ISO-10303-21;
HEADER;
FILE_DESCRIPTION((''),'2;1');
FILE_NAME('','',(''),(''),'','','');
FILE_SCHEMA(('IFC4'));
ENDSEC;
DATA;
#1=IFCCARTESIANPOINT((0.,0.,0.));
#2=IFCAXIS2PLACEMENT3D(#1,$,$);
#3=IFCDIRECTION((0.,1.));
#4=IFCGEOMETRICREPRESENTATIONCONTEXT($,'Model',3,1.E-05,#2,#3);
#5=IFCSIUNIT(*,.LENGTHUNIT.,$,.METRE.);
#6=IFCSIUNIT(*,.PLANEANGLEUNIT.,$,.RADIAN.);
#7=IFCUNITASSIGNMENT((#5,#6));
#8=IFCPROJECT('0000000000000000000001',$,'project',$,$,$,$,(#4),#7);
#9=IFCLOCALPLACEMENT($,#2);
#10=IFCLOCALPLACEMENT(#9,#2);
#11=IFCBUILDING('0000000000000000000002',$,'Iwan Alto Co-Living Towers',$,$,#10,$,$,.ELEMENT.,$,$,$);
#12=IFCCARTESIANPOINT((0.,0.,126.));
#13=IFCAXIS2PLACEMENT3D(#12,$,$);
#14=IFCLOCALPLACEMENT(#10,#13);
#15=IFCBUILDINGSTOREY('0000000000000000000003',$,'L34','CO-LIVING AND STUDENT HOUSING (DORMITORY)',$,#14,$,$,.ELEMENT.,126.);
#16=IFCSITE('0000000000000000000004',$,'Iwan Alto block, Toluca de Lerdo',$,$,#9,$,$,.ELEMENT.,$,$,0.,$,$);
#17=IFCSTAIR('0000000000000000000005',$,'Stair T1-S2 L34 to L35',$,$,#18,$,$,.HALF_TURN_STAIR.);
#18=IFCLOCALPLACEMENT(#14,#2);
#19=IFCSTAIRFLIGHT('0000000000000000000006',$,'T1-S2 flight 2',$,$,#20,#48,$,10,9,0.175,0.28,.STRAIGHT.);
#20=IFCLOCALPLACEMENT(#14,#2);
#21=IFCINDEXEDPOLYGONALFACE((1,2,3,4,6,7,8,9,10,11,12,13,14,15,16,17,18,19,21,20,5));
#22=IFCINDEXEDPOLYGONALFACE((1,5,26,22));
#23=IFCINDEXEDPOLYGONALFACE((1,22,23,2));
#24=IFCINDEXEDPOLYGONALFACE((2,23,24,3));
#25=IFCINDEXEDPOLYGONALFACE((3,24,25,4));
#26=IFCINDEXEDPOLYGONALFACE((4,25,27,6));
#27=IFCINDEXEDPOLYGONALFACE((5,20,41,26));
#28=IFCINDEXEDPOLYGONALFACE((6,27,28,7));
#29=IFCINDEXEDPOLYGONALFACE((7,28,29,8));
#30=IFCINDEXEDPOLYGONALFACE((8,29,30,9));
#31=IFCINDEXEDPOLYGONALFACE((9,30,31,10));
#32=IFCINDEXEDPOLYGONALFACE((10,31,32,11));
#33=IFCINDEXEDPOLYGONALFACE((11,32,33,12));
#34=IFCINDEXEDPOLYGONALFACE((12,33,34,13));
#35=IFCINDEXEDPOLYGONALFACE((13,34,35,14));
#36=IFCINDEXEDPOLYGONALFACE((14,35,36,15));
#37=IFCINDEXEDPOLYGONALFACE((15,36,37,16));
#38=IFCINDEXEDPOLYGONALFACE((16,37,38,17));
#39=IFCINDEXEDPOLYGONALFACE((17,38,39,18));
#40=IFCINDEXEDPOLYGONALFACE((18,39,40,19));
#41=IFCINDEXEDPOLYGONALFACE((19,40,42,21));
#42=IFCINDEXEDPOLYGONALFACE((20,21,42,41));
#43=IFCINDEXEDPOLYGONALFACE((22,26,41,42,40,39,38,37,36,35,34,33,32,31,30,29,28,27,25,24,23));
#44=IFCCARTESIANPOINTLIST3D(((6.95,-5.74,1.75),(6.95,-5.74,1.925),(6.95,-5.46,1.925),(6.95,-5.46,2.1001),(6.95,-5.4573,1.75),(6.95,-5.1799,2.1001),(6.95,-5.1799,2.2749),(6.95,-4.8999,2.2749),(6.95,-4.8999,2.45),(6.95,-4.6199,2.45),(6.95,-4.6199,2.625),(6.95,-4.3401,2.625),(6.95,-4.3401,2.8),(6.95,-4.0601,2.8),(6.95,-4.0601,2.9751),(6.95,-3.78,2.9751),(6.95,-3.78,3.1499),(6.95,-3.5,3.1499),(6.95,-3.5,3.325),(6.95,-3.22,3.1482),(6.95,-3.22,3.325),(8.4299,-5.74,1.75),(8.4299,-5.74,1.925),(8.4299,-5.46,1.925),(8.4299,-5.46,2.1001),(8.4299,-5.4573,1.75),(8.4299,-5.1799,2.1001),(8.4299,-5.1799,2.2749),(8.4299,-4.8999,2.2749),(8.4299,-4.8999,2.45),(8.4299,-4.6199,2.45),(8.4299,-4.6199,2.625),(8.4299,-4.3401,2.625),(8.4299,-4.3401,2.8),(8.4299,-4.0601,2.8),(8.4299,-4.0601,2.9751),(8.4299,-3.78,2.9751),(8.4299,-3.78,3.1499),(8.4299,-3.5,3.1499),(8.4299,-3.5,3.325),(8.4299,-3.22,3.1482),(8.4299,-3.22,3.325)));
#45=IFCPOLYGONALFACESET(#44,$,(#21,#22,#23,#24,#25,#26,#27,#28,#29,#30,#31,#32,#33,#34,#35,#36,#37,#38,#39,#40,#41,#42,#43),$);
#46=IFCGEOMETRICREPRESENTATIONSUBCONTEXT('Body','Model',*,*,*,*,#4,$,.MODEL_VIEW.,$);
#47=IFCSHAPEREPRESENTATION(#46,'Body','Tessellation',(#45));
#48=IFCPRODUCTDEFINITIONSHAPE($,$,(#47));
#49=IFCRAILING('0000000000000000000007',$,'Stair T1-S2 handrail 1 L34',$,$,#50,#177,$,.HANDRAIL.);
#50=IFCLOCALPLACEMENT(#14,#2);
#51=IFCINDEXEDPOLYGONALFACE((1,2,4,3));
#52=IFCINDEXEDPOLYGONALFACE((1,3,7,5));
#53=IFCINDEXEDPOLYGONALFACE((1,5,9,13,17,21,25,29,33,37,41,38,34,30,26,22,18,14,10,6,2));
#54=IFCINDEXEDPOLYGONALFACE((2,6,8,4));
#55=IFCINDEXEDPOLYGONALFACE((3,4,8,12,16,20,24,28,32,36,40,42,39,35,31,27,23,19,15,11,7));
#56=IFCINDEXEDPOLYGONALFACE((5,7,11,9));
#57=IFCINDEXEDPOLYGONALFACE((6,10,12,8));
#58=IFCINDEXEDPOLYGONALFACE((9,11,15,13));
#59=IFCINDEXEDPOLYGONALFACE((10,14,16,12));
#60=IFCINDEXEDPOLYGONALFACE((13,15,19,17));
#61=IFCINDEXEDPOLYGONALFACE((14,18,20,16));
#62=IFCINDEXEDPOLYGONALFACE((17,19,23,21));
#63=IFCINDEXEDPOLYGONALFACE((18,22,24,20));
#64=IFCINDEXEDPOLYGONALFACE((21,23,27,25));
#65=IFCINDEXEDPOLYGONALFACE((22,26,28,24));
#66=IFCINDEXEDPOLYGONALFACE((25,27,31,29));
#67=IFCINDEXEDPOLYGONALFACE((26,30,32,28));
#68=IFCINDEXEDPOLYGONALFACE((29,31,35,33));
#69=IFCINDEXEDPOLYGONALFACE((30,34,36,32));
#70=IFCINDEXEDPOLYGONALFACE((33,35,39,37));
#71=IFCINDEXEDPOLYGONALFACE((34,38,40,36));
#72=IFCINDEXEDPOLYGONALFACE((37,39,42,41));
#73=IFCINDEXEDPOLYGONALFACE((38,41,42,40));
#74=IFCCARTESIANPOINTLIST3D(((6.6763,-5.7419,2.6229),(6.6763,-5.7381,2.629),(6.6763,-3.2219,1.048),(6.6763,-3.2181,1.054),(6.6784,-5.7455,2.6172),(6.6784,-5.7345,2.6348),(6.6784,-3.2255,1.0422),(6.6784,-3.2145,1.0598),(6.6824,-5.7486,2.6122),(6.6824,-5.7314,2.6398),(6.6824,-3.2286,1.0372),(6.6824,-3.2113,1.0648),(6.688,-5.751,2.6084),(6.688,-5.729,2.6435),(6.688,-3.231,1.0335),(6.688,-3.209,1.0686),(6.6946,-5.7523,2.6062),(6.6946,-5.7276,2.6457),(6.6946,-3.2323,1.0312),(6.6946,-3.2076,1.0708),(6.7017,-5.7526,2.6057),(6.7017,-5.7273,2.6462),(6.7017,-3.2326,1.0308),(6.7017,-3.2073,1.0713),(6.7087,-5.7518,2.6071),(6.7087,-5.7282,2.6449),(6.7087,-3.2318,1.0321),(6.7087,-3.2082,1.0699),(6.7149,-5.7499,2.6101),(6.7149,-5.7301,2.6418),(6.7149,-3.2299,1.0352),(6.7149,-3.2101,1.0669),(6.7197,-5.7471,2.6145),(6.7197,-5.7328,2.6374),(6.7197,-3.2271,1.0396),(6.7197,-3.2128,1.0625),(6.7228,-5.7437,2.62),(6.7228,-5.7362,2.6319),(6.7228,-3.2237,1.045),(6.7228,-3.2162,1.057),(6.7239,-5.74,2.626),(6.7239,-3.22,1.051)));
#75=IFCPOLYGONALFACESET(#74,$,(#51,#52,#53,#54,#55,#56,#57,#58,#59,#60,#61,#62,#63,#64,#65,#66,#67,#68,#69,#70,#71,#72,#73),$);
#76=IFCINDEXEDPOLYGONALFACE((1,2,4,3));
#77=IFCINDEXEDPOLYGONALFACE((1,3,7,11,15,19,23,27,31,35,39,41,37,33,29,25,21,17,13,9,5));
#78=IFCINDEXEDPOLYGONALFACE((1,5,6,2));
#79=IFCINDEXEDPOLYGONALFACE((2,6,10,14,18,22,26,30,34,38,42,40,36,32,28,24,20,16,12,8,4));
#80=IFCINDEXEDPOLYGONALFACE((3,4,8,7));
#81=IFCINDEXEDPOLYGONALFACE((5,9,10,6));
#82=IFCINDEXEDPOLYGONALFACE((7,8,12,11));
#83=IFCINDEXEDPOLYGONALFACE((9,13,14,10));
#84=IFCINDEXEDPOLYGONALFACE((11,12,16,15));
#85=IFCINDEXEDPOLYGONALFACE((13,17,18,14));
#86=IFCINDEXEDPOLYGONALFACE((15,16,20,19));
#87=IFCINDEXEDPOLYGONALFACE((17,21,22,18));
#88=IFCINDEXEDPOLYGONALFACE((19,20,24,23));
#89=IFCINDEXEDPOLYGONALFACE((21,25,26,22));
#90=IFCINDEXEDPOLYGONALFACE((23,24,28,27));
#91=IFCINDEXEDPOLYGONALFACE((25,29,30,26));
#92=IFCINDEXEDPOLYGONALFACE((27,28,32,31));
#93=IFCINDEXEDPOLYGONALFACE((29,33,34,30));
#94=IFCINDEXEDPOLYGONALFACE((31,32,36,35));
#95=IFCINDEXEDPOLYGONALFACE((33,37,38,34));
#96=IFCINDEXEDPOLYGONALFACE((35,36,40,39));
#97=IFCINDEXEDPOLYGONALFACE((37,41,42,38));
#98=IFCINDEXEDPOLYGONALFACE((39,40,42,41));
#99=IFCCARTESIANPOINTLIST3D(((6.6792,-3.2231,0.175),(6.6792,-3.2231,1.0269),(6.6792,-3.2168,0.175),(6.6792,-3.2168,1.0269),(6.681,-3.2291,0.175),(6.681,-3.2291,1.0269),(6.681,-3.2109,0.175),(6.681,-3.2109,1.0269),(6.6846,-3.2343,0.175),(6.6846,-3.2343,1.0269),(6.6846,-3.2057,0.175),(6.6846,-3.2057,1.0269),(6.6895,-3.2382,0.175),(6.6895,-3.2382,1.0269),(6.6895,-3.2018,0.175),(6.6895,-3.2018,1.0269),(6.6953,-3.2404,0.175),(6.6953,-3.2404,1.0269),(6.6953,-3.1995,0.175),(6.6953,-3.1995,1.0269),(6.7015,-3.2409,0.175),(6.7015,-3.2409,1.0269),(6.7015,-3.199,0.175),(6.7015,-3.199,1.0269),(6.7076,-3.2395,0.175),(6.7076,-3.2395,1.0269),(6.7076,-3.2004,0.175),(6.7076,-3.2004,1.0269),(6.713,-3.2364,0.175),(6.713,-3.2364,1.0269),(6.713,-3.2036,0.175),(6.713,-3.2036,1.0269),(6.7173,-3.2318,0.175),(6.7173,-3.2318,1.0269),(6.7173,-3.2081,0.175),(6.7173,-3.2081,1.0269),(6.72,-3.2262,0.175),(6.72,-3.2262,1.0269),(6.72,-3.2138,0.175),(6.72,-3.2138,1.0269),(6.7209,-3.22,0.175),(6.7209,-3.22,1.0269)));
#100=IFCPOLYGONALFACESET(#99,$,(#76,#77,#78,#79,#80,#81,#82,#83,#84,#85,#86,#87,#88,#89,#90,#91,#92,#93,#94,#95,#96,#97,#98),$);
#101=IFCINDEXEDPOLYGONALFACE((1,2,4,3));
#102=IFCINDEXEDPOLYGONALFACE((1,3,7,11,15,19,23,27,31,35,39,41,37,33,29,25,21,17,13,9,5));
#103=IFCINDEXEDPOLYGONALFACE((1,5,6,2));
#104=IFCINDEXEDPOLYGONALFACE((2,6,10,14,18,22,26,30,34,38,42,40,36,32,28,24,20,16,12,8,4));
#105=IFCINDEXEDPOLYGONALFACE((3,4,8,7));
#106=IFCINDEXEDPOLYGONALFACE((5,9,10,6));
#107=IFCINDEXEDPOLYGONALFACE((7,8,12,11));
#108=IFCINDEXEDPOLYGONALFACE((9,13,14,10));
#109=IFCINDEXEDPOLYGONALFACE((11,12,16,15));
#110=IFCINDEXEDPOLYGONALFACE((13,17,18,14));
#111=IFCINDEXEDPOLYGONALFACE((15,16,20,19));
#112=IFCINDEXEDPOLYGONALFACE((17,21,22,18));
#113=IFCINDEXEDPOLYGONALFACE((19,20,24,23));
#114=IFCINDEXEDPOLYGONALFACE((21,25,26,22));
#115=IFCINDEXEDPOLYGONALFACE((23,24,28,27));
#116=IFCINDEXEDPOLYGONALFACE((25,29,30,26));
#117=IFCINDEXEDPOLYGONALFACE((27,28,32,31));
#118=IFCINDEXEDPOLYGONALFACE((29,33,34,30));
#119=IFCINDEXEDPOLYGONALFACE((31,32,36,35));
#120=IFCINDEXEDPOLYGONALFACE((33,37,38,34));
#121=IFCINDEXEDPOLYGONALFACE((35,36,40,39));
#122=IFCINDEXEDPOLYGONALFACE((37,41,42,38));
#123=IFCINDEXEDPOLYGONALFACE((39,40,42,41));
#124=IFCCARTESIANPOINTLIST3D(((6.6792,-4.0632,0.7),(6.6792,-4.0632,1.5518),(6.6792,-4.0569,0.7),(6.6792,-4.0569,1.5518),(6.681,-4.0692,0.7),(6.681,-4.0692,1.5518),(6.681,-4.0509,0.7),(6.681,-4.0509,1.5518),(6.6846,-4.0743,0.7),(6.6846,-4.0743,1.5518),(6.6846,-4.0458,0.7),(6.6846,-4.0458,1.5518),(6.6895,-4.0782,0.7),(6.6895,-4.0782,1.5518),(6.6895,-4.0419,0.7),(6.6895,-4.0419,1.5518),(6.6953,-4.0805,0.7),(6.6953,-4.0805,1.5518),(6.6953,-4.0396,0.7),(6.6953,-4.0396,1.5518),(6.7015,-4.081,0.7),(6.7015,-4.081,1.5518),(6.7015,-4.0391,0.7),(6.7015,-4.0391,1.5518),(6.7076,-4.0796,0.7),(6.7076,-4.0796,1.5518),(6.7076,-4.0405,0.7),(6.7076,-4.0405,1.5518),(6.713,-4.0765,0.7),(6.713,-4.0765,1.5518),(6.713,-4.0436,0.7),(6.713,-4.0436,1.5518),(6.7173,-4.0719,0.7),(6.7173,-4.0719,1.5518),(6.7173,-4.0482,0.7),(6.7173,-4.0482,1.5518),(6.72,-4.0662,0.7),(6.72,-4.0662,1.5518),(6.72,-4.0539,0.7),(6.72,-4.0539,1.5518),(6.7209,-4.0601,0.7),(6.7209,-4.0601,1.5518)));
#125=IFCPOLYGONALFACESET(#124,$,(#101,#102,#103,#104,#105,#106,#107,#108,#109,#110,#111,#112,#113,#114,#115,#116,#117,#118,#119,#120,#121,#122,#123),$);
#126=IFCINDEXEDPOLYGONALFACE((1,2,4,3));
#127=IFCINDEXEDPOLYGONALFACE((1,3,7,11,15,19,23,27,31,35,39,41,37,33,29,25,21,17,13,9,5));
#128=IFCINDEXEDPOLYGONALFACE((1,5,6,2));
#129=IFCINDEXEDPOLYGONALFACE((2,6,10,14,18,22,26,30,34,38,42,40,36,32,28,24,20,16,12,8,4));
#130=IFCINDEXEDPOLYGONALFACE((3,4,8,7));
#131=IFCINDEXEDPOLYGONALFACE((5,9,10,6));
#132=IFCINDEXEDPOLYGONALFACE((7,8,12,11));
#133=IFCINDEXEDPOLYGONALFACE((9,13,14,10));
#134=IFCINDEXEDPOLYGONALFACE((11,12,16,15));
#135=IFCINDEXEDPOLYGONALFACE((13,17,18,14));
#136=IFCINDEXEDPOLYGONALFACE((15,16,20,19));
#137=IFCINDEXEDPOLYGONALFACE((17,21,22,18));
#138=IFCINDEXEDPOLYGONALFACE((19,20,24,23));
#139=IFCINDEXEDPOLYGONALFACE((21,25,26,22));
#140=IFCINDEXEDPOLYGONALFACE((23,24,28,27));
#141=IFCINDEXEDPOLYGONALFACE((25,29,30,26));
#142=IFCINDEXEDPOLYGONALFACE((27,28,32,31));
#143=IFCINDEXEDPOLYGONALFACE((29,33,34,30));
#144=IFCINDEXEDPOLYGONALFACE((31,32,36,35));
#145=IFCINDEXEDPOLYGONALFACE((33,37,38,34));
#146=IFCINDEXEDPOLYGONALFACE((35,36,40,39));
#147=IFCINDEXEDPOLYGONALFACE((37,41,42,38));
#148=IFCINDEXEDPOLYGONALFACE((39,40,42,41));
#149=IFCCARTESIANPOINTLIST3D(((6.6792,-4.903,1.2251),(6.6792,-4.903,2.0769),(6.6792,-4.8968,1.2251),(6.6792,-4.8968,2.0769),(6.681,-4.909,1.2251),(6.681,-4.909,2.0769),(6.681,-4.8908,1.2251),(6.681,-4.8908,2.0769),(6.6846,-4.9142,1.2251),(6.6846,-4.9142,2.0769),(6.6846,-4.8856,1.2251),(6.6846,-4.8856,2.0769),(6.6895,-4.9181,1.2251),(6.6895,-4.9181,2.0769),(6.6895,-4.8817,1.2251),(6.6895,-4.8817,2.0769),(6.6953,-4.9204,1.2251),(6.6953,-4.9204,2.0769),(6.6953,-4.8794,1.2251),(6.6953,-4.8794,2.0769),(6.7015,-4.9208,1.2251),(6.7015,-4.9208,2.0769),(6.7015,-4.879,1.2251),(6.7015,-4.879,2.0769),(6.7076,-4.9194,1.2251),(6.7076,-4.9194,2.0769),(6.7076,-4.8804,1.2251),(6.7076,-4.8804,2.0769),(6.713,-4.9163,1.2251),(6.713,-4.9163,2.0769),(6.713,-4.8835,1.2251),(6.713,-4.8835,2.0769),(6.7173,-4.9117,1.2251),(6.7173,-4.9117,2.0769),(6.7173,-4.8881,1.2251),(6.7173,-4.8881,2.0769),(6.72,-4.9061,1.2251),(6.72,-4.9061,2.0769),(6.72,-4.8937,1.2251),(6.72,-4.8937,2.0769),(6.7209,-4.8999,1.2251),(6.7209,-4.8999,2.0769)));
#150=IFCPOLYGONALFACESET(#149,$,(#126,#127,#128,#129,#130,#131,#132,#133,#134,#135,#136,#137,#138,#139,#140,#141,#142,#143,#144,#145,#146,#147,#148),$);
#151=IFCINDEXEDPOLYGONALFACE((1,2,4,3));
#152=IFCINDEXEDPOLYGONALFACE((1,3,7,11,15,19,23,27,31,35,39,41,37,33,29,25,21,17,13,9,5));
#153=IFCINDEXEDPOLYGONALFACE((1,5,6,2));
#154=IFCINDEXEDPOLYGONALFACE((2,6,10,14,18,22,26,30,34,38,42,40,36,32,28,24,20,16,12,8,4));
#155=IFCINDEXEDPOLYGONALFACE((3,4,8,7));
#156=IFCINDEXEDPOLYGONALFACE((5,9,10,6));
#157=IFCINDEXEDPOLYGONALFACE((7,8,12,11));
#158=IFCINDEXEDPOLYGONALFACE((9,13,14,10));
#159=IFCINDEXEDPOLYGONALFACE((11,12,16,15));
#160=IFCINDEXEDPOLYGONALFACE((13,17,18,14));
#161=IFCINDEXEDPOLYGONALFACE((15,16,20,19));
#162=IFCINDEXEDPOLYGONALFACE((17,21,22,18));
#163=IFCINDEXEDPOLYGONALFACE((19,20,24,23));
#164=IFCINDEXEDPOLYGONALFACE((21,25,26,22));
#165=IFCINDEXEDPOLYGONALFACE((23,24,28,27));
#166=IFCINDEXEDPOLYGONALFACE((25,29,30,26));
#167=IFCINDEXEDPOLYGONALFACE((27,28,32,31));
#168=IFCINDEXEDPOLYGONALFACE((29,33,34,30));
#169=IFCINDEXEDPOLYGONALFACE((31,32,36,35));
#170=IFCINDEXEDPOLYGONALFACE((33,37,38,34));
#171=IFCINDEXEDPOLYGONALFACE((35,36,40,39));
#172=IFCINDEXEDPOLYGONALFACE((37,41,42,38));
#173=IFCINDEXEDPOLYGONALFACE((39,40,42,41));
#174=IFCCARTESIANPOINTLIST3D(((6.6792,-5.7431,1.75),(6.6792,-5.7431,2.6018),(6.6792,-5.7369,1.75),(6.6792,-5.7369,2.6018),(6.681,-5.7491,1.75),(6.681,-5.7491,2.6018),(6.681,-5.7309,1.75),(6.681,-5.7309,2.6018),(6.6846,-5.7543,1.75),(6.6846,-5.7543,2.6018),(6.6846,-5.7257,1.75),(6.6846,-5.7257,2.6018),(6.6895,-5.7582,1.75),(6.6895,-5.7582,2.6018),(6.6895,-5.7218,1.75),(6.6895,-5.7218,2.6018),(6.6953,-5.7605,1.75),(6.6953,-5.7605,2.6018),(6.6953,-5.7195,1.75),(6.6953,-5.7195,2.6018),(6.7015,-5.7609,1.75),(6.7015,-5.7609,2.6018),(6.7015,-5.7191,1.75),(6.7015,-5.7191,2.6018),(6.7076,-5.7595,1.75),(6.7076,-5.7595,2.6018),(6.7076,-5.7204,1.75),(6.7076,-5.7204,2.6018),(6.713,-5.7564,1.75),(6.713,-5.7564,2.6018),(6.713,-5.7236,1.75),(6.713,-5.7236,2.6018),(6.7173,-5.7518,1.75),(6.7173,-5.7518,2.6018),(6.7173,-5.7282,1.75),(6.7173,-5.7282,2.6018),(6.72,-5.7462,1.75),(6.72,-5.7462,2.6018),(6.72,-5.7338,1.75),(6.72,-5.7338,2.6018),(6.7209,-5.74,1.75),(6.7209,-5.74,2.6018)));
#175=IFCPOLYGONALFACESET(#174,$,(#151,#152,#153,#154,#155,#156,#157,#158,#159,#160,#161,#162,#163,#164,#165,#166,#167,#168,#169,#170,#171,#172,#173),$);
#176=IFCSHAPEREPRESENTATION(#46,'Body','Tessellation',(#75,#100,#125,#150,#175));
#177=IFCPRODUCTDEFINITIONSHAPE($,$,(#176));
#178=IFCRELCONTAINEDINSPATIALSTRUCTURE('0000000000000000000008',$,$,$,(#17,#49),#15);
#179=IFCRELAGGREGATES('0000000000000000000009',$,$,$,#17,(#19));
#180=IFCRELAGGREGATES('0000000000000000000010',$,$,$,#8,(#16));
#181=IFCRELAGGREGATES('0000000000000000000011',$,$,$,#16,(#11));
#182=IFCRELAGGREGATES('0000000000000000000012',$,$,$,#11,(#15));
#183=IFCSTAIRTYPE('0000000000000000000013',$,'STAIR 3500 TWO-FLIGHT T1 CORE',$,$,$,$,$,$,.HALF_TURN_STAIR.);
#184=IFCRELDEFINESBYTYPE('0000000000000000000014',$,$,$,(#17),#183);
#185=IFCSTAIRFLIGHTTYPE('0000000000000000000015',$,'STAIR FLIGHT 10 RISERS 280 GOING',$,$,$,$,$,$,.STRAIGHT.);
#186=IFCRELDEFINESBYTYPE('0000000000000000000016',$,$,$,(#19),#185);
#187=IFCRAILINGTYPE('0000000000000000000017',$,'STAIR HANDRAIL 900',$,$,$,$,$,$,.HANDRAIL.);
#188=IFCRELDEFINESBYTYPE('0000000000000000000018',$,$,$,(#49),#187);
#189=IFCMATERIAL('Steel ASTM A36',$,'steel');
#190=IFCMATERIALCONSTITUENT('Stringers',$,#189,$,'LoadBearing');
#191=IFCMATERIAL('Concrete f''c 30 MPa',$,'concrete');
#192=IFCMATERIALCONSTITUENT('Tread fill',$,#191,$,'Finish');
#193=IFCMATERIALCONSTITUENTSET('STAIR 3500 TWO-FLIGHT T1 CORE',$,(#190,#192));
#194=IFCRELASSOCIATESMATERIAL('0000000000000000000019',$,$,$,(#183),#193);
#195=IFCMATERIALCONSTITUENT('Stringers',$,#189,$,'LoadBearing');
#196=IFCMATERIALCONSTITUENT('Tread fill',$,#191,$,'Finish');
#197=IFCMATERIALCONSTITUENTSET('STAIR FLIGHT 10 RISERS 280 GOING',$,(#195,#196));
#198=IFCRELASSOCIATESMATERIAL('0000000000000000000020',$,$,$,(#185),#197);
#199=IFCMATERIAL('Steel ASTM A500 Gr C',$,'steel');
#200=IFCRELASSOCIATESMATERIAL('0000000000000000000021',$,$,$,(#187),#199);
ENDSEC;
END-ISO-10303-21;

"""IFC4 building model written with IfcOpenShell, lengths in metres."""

from ifc_helpers import new_model, si_unit, direction, frame, origin, origin_2d, place, context, subcontext, project, spatial, polyline, circle, outline, extrude, material, constituent, constituent_set, type_object, element, aggregate, save


model = new_model("IFC4")

# Units and contexts
model_context = context("Model", 3, precision=1e-05, world=origin(), true_north=direction((0.0, 1.0)))
body_context = subcontext(model_context, "Body", "Model", "MODEL_VIEW")
ifc_project = project(units=[si_unit("LENGTHUNIT", "METRE"), si_unit("PLANEANGLEUNIT", "RADIAN")], contexts=[model_context])

# Site, building, storey
site_placement = place(None, origin())
site = spatial("IfcSite", under=ifc_project, at=site_placement, Name="Iwan Alto block, Toluca de Lerdo", CompositionType="ELEMENT", RefElevation=0.0)
building_placement = place(site_placement, origin())
building = spatial("IfcBuilding", under=site, at=building_placement, Name="Iwan Alto Co-Living Towers", CompositionType="ELEMENT")
storey_placement = place(building_placement, frame((0.0, 0.0, 126.0)))
storey = spatial("IfcBuildingStorey", under=building, at=storey_placement, Name="L34", Description="CO-LIVING AND STUDENT HOUSING (DORMITORY)", CompositionType="ELEMENT", Elevation=126.0)

# Stair, stair flight
ifc_material_1 = material(Name="Steel ASTM A36", Category="steel")
ifc_constituent_1 = constituent(ifc_material_1, Name="Stringers", Category="LoadBearing")
ifc_material_2 = material(Name="Concrete f'c 30 MPa", Category="concrete")
ifc_constituent_2 = constituent(ifc_material_2, Name="Tread fill", Category="Finish")
ifc_constituent_set_1 = constituent_set(constituents=[ifc_constituent_1, ifc_constituent_2], Name="STAIR 3500 TWO-FLIGHT T1 CORE")
stair_type = type_object("IfcStairType", Name="STAIR 3500 TWO-FLIGHT T1 CORE", PredefinedType="HALF_TURN_STAIR", material=ifc_constituent_set_1)
stair_placement = place(storey_placement, origin())
stair = element("IfcStair", 1, at=stair_placement, inside=storey, type_object=stair_type, Name="Stair T1-S2 L34 to L35", PredefinedType="HALF_TURN_STAIR")
ifc_constituent_3 = constituent(ifc_material_1, Name="Stringers", Category="LoadBearing")
ifc_constituent_4 = constituent(ifc_material_2, Name="Tread fill", Category="Finish")
ifc_constituent_set_2 = constituent_set(constituents=[ifc_constituent_3, ifc_constituent_4], Name="STAIR FLIGHT 10 RISERS 280 GOING")
stair_flight_type = type_object("IfcStairFlightType", Name="STAIR FLIGHT 10 RISERS 280 GOING", PredefinedType="STRAIGHT", material=ifc_constituent_set_2)
stair_flight_1_placement = place(storey_placement, frame((7.6899, -5.74, 1.75), z_axis=(0.0, 0.0, 1.0), x_axis=(0.0, 1.0, 0.0)))
stair_flight_1 = element("IfcStairFlight", 2, at=stair_flight_1_placement, type_object=stair_flight_type, Name="T1-S2 flight 2", NumberOfRisers=10, NumberOfTreads=9, PredefinedType="STRAIGHT", RiserHeight=0.175, TreadLength=0.28, context=body_context, shape_type="SweptSolid", body=[
    extrude(outline(polyline([(0.0, 0.0), (0.0, 0.175), (0.28, 0.175), (0.28, 0.3501), (0.5601, 0.3501), (0.5601, 0.5249), (0.8401, 0.5249), (0.8401, 0.7), (1.1201, 0.7), (1.1201, 0.875), (1.3999, 0.875), (1.3999, 1.05), (1.6799, 1.05), (1.6799, 1.2251), (1.96, 1.2251), (1.96, 1.3999), (2.24, 1.3999), (2.24, 1.575), (2.52, 1.575), (2.52, 1.75), (2.52, 1.3982), (0.2827, 0.0), (0.0, 0.0)])), frame((0.0, 0.74, 0.0), z_axis=(0.0, -1.0, 0.0), x_axis=(1.0, 0.0, 0.0)), (0.0, 0.0, 1.0), 1.48),
])
aggregate(stair, [stair_flight_1])

# Railing
ifc_material_3 = material(Name="Steel ASTM A500 Gr C", Category="steel")
railing_type_1 = type_object("IfcRailingType", Name="STAIR HANDRAIL 900", PredefinedType="HANDRAIL", material=ifc_material_3)
railing_1_placement = place(storey_placement, frame((6.7, -3.22, 0.175)))
element("IfcRailing", 3, at=railing_1_placement, inside=storey, type_object=railing_type_1, Name="Stair T1-S2 handrail 1 L34", PredefinedType="HANDRAIL", context=body_context, shape_type="SweptSolid", body=[
    extrude(circle(Radius=0.0239, at=origin_2d()), frame((0.0, 0.0, 0.876), z_axis=(0.0, -0.848008, 0.529984), x_axis=(1.0, 0.0, 0.0)), (0.0, 0.0, 1.0), 2.9717),
    extrude(circle(Radius=0.021, at=origin_2d()), origin(), (0.0, 0.0, 1.0), 0.8518),
    extrude(circle(Radius=0.021, at=origin_2d()), frame((0.0, -0.8401, 0.5249)), (0.0, 0.0, 1.0), 0.8518),
    extrude(circle(Radius=0.021, at=origin_2d()), frame((0.0, -1.6799, 1.05)), (0.0, 0.0, 1.0), 0.8518),
    extrude(circle(Radius=0.021, at=origin_2d()), frame((0.0, -2.52, 1.575)), (0.0, 0.0, 1.0), 0.8518),
])

save(model, "model.ifc")
